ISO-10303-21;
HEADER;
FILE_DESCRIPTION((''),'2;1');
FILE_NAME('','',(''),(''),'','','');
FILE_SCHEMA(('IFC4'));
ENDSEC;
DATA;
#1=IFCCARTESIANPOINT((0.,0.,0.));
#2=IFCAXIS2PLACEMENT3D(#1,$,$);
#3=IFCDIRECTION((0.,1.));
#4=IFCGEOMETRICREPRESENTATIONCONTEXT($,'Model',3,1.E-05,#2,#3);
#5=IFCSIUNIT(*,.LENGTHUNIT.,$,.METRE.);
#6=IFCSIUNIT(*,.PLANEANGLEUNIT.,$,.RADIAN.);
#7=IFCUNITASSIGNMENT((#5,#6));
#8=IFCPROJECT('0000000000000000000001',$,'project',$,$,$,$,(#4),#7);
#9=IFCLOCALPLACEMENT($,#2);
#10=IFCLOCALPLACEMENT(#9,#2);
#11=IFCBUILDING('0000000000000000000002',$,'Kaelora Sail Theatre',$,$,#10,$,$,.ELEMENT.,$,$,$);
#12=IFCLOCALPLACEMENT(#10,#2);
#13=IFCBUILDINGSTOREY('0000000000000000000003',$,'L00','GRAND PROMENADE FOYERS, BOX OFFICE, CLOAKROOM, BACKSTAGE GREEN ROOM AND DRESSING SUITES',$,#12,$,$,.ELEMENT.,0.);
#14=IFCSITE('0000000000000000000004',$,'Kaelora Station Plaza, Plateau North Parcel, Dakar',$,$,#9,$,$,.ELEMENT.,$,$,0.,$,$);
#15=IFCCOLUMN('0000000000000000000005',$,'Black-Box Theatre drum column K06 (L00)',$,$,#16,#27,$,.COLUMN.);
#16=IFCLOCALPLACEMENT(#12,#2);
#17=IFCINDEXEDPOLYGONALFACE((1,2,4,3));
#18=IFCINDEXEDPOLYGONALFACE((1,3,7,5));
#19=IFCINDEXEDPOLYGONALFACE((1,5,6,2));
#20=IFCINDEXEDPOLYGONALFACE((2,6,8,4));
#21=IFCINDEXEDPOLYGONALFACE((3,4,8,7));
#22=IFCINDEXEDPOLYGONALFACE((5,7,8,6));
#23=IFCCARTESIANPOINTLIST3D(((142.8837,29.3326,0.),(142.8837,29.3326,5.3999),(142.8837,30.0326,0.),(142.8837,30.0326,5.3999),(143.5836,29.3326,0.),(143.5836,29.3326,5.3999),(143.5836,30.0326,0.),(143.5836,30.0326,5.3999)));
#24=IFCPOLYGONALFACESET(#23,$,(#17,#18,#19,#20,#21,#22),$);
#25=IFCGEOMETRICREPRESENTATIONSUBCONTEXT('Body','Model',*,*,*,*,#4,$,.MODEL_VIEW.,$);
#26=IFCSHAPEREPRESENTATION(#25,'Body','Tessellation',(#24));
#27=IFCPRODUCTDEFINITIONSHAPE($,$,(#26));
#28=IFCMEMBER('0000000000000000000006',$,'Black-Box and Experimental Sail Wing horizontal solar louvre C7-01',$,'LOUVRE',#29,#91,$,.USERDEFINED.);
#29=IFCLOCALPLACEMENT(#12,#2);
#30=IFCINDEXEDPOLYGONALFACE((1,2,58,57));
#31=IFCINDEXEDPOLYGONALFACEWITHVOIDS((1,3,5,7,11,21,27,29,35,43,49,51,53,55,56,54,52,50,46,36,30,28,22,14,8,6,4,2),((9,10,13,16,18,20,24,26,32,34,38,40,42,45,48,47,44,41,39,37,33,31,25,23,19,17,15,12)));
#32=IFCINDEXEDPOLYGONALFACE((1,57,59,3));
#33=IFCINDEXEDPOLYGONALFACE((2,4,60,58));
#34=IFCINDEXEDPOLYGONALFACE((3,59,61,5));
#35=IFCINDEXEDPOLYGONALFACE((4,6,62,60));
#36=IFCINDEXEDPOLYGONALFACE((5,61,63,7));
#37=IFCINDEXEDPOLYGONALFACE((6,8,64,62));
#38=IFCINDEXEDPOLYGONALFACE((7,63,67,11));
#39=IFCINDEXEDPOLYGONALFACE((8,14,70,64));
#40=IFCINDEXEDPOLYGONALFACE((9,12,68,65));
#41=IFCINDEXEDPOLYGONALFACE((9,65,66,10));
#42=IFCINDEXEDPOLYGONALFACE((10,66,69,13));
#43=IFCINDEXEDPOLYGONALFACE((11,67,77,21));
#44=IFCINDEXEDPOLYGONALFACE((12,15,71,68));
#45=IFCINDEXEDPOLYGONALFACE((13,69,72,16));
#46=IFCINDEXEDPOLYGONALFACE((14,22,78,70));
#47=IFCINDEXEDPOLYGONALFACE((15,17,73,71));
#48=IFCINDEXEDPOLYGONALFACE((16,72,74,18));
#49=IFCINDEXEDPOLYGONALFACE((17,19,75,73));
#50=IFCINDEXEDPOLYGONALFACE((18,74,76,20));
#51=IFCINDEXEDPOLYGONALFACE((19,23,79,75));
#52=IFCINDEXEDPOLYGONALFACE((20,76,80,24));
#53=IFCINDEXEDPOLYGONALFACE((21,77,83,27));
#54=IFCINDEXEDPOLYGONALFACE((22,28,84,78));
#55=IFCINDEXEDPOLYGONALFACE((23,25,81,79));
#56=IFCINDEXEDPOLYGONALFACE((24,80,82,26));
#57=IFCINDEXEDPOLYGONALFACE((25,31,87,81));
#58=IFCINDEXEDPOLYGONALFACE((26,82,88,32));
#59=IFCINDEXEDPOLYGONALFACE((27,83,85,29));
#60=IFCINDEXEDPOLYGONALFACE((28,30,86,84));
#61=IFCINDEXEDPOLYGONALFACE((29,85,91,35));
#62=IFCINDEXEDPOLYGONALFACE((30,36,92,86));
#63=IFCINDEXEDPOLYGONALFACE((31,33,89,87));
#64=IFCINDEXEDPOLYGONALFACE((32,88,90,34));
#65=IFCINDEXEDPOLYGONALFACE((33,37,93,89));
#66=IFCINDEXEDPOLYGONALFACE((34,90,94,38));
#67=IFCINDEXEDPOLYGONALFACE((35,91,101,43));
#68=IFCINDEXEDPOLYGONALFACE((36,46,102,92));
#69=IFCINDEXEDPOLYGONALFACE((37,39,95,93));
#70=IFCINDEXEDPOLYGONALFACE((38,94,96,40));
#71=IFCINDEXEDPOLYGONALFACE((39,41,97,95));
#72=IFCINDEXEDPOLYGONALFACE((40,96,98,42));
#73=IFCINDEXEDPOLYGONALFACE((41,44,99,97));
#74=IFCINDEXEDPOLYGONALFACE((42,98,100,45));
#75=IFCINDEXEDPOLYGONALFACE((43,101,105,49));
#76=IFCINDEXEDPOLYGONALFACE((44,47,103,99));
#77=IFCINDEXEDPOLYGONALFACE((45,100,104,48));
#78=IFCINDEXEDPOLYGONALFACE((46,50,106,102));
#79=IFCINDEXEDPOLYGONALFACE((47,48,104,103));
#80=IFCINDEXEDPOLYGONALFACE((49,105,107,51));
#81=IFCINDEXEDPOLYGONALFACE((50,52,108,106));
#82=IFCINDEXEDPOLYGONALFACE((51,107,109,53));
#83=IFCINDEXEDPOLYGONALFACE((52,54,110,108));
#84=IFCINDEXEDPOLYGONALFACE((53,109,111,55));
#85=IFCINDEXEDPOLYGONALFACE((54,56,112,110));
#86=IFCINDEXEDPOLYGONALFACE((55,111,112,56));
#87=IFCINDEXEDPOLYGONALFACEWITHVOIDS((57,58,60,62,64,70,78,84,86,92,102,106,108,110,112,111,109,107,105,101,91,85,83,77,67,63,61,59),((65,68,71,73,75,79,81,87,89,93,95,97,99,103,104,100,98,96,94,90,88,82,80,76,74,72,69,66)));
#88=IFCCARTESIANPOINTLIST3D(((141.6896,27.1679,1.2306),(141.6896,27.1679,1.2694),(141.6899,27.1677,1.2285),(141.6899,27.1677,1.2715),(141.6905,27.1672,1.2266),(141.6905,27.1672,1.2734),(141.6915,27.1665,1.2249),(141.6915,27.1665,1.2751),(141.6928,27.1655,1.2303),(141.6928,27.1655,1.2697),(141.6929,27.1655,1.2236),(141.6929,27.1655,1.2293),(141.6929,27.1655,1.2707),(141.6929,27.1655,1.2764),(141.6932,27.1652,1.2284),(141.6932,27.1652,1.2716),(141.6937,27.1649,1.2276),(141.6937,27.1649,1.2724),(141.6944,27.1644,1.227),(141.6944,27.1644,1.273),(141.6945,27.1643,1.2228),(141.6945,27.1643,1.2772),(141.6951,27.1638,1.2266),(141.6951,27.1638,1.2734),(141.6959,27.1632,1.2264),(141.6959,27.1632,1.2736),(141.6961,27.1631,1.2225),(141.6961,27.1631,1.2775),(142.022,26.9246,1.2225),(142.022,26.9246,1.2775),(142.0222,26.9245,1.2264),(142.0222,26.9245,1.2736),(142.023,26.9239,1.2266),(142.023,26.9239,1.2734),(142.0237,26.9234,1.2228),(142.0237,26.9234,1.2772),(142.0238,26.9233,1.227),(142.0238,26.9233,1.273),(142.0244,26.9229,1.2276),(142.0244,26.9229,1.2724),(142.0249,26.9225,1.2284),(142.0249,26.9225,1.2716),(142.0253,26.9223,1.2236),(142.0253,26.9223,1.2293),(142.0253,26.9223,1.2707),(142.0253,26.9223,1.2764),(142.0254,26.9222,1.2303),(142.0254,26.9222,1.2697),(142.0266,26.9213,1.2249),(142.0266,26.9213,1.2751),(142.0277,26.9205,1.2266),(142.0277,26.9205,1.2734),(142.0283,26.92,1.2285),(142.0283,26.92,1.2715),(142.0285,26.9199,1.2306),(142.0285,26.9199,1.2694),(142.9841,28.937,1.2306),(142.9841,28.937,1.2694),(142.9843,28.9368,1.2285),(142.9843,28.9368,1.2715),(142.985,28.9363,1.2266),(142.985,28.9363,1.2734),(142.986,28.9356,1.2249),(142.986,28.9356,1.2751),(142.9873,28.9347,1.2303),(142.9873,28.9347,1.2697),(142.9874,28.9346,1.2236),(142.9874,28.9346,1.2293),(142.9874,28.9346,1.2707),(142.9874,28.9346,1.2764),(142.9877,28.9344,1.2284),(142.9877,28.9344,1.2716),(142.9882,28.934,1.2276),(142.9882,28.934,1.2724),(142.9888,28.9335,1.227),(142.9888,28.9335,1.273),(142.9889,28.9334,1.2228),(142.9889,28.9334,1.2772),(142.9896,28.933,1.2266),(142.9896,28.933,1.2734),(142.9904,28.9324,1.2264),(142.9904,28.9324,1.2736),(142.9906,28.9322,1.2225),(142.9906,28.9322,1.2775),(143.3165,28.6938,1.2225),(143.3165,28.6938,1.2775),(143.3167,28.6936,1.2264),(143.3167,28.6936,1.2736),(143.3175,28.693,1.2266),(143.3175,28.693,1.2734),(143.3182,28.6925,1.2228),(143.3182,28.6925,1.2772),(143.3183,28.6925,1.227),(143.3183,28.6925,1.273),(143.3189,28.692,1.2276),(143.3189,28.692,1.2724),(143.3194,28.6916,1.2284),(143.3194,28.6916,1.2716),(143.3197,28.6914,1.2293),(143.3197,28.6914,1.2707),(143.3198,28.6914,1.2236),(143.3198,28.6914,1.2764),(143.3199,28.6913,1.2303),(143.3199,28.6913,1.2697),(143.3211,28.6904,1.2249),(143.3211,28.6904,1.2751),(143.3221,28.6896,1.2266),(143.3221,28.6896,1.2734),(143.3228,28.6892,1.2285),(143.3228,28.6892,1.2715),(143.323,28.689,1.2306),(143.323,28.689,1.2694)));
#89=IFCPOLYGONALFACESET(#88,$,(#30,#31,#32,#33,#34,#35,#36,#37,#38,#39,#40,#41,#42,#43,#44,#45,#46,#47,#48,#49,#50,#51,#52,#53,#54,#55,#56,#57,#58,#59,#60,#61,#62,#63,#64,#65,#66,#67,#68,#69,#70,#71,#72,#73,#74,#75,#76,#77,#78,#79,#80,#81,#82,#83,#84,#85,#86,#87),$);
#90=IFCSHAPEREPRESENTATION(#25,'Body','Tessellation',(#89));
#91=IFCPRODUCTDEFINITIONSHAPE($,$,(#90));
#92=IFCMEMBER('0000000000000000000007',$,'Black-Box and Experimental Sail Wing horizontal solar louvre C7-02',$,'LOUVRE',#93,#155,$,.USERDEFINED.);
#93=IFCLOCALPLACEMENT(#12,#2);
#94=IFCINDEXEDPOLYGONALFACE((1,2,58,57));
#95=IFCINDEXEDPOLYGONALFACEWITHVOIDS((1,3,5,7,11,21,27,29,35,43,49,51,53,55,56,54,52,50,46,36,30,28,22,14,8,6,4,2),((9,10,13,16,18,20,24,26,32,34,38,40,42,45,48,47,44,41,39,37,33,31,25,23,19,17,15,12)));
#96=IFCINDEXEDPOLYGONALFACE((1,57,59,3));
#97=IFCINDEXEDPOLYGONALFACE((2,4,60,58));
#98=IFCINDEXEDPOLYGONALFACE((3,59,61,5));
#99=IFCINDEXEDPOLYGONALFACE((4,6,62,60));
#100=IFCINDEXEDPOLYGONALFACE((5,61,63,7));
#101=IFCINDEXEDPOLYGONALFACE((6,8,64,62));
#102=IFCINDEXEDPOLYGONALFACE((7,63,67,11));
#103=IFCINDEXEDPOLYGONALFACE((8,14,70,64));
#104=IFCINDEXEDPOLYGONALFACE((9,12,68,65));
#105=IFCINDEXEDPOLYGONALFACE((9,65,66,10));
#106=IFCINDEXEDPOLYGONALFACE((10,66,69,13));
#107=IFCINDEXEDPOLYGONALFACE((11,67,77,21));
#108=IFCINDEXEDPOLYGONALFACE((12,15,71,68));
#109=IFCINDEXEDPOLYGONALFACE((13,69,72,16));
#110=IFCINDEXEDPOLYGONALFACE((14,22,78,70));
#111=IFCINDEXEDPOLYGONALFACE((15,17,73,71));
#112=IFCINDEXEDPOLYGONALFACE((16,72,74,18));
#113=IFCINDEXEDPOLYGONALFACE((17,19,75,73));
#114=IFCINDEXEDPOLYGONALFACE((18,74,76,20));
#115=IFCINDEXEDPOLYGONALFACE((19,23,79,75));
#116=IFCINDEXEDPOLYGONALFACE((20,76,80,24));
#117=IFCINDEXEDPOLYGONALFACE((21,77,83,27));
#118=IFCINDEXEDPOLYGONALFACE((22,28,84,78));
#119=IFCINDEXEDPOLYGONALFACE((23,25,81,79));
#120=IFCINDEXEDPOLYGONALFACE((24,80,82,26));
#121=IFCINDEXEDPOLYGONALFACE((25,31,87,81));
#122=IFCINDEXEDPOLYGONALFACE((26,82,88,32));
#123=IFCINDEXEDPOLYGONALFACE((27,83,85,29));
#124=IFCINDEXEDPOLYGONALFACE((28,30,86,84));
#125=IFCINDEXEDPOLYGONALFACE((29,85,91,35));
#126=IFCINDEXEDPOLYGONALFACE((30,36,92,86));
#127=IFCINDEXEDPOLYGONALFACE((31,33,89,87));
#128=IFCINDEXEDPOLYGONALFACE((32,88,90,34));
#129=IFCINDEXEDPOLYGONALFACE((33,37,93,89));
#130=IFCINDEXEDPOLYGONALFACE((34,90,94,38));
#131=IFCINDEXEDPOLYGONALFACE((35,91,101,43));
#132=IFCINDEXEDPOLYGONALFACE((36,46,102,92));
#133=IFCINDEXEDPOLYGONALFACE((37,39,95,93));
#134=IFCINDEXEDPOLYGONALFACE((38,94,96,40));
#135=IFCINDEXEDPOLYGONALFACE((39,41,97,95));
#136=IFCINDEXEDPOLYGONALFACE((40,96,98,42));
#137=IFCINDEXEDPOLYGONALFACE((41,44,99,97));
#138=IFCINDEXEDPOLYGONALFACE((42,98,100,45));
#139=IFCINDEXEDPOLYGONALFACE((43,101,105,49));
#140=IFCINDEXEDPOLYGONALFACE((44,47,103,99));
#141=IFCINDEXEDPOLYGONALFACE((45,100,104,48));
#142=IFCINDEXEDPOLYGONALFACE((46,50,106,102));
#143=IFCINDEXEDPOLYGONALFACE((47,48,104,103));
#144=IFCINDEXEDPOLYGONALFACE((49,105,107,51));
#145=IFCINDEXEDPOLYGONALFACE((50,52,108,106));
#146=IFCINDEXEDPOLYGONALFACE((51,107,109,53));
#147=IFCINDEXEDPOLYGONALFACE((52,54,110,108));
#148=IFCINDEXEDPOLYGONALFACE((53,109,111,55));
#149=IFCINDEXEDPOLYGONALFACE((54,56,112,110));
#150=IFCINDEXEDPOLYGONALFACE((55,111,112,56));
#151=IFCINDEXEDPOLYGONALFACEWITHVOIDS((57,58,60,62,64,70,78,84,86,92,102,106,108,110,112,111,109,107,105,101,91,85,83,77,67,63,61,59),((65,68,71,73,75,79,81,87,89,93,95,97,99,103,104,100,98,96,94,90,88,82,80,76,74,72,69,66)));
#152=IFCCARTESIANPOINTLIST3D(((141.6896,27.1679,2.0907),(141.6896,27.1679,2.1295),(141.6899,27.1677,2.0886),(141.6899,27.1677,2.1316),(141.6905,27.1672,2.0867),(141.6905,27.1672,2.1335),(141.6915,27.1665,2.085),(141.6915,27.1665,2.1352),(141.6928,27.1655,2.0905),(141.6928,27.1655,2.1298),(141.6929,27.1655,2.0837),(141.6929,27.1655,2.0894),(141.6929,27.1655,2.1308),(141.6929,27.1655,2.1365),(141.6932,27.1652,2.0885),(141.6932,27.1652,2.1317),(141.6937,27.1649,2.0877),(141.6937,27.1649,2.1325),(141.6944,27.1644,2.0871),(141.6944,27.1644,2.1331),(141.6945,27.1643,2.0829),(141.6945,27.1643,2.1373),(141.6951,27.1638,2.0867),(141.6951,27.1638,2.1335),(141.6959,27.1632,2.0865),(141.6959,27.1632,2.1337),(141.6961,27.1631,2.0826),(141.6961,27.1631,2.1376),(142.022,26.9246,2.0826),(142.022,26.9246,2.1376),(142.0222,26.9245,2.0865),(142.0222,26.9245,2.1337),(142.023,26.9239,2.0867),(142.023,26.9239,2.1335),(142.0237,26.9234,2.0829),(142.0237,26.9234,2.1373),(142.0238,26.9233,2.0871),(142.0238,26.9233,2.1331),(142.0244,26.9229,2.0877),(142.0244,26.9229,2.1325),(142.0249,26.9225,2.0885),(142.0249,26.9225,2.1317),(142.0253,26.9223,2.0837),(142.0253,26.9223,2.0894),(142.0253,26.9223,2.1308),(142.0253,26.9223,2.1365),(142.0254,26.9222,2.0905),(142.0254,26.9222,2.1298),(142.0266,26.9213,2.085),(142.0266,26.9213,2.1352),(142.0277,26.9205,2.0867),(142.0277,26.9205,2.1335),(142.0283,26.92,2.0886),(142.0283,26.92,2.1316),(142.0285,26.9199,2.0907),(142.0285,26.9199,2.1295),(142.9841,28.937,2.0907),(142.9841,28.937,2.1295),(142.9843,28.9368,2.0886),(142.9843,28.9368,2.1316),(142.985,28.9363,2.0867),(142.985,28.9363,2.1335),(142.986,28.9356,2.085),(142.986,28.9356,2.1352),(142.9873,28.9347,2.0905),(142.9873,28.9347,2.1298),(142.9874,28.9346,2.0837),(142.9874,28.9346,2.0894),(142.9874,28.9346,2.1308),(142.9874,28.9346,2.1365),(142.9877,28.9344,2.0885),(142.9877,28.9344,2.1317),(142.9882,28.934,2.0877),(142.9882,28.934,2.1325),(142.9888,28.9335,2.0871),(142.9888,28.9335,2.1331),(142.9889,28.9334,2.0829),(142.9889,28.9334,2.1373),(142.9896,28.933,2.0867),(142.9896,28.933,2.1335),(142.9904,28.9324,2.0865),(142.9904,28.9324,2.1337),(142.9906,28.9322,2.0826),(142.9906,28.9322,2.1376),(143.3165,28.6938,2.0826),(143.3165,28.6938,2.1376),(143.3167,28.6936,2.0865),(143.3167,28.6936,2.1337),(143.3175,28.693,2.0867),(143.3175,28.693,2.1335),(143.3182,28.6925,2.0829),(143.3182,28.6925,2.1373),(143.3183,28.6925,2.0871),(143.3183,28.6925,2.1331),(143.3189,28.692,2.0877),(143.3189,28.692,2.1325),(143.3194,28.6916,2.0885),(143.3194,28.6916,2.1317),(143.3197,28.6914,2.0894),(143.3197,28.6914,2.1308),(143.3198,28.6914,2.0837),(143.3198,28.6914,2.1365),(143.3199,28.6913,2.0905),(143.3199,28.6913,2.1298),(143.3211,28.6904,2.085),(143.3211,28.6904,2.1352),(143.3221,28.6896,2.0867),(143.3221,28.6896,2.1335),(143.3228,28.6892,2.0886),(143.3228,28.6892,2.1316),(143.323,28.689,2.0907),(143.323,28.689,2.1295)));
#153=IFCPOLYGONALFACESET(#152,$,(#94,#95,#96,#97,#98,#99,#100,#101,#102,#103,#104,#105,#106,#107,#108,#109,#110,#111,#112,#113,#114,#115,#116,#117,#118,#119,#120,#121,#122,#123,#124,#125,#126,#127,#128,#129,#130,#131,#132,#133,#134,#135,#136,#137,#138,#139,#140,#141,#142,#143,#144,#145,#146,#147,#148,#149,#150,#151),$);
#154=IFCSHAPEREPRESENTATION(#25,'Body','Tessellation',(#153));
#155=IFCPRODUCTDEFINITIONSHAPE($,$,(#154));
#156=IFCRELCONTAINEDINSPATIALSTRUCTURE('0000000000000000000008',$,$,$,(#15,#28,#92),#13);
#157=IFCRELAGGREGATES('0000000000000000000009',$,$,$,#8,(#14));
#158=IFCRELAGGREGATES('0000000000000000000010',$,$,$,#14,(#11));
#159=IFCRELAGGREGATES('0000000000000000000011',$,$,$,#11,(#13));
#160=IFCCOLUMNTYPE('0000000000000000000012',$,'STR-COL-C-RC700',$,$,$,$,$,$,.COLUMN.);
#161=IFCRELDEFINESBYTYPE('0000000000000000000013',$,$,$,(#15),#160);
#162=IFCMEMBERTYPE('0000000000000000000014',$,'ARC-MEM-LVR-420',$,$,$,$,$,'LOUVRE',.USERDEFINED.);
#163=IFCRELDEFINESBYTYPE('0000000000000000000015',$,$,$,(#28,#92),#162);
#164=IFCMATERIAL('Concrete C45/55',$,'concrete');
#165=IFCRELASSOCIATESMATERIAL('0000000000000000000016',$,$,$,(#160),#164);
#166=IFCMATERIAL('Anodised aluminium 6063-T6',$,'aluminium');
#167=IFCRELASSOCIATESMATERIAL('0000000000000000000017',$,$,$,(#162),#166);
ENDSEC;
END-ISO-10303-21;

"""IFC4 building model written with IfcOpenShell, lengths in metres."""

from ifc_helpers import new_model, si_unit, direction, frame, origin, origin_2d, place, context, subcontext, project, spatial, rectangle, hollow_rectangle, extrude, material, material_profile, profile_set, type_object, element, save


model = new_model("IFC4")

# Units and contexts
model_context = context("Model", 3, precision=1e-05, world=origin(), true_north=direction((0.0, 1.0)))
body_context = subcontext(model_context, "Body", "Model", "MODEL_VIEW")
ifc_project = project(units=[si_unit("LENGTHUNIT", "METRE"), si_unit("PLANEANGLEUNIT", "RADIAN")], contexts=[model_context])

# Site, building, storey
site_placement = place(None, origin())
site = spatial("IfcSite", under=ifc_project, at=site_placement, Name="Kaelora Station Plaza, Plateau North Parcel, Dakar", CompositionType="ELEMENT", RefElevation=0.0)
building_placement = place(site_placement, origin())
building = spatial("IfcBuilding", under=site, at=building_placement, Name="Kaelora Sail Theatre", CompositionType="ELEMENT")
storey_placement = place(building_placement, origin())
storey = spatial("IfcBuildingStorey", under=building, at=storey_placement, Name="L00", Description="GRAND PROMENADE FOYERS, BOX OFFICE, CLOAKROOM, BACKSTAGE GREEN ROOM AND DRESSING SUITES", CompositionType="ELEMENT", Elevation=0.0)

# Column
ifc_material_1 = material(Name="Concrete C45/55", Category="concrete")
ifc_material_profile_1 = material_profile(ifc_material_1, rectangle(XDim=0.7, YDim=0.7, at=origin_2d()), Name="RC-COL 700x700")
ifc_profile_set_1 = profile_set([ifc_material_profile_1], Name="Concrete C45/55")
column_type = type_object("IfcColumnType", Name="STR-COL-C-RC700", PredefinedType="COLUMN", material=ifc_profile_set_1)
column_placement = place(storey_placement, frame((143.2336, 29.6826, 0.0), z_axis=(0.0, 0.0, 1.0), x_axis=(1.0, 0.0, 0.0)))
element("IfcColumn", 1, at=column_placement, inside=storey, type_object=column_type, Name="Black-Box Theatre drum column K06 (L00)", PredefinedType="COLUMN", context=body_context, shape_type="SweptSolid", body=[
    extrude(rectangle(XDim=0.7, YDim=0.7, at=origin_2d()), origin(), (0.0, 0.0, 1.0), 5.3999),
])

# Members
ifc_material_2 = material(Name="Anodised aluminium 6063-T6", Category="aluminium")
ifc_material_profile_2 = material_profile(ifc_material_2, hollow_rectangle(XDim=0.4199, YDim=0.0549, WallThickness=0.0039, InnerFilletRadius=0.0039, OuterFilletRadius=0.0081, at=origin_2d()), Name="LOUVRE 420x55x4")
ifc_profile_set_2 = profile_set([ifc_material_profile_2], Name="Anodised aluminium 6063-T6")
member_type = type_object("IfcMemberType", Name="ARC-MEM-LVR-420", ElementType="LOUVRE", PredefinedType="USERDEFINED", material=ifc_profile_set_2)
for number, where, z_axis, x_axis, name in (
    (2, (143.1536, 28.813, 1.25), (-0.590514, -0.807028, 0.0), (0.807028, -0.590514, 0.0), "Black-Box and Experimental Sail Wing horizontal solar louvre C7-01"),
    (3, (143.1536, 28.813, 2.1101), (-0.590514, -0.807028, 0.0), (0.807028, -0.590514, 0.0), "Black-Box and Experimental Sail Wing horizontal solar louvre C7-02"),
):
    element("IfcMember", number, at=place(storey_placement, frame(where, z_axis=z_axis, x_axis=x_axis)), inside=storey, type_object=member_type, Name=name, ObjectType="LOUVRE", PredefinedType="USERDEFINED", context=body_context, shape_type="SweptSolid", body=[
        extrude(hollow_rectangle(XDim=0.4199, YDim=0.0549, WallThickness=0.0039, InnerFilletRadius=0.0039, OuterFilletRadius=0.0081, at=origin_2d()), origin(), (0.0, 0.0, 1.0), 2.1921),
    ])

save(model, "model.ifc")
